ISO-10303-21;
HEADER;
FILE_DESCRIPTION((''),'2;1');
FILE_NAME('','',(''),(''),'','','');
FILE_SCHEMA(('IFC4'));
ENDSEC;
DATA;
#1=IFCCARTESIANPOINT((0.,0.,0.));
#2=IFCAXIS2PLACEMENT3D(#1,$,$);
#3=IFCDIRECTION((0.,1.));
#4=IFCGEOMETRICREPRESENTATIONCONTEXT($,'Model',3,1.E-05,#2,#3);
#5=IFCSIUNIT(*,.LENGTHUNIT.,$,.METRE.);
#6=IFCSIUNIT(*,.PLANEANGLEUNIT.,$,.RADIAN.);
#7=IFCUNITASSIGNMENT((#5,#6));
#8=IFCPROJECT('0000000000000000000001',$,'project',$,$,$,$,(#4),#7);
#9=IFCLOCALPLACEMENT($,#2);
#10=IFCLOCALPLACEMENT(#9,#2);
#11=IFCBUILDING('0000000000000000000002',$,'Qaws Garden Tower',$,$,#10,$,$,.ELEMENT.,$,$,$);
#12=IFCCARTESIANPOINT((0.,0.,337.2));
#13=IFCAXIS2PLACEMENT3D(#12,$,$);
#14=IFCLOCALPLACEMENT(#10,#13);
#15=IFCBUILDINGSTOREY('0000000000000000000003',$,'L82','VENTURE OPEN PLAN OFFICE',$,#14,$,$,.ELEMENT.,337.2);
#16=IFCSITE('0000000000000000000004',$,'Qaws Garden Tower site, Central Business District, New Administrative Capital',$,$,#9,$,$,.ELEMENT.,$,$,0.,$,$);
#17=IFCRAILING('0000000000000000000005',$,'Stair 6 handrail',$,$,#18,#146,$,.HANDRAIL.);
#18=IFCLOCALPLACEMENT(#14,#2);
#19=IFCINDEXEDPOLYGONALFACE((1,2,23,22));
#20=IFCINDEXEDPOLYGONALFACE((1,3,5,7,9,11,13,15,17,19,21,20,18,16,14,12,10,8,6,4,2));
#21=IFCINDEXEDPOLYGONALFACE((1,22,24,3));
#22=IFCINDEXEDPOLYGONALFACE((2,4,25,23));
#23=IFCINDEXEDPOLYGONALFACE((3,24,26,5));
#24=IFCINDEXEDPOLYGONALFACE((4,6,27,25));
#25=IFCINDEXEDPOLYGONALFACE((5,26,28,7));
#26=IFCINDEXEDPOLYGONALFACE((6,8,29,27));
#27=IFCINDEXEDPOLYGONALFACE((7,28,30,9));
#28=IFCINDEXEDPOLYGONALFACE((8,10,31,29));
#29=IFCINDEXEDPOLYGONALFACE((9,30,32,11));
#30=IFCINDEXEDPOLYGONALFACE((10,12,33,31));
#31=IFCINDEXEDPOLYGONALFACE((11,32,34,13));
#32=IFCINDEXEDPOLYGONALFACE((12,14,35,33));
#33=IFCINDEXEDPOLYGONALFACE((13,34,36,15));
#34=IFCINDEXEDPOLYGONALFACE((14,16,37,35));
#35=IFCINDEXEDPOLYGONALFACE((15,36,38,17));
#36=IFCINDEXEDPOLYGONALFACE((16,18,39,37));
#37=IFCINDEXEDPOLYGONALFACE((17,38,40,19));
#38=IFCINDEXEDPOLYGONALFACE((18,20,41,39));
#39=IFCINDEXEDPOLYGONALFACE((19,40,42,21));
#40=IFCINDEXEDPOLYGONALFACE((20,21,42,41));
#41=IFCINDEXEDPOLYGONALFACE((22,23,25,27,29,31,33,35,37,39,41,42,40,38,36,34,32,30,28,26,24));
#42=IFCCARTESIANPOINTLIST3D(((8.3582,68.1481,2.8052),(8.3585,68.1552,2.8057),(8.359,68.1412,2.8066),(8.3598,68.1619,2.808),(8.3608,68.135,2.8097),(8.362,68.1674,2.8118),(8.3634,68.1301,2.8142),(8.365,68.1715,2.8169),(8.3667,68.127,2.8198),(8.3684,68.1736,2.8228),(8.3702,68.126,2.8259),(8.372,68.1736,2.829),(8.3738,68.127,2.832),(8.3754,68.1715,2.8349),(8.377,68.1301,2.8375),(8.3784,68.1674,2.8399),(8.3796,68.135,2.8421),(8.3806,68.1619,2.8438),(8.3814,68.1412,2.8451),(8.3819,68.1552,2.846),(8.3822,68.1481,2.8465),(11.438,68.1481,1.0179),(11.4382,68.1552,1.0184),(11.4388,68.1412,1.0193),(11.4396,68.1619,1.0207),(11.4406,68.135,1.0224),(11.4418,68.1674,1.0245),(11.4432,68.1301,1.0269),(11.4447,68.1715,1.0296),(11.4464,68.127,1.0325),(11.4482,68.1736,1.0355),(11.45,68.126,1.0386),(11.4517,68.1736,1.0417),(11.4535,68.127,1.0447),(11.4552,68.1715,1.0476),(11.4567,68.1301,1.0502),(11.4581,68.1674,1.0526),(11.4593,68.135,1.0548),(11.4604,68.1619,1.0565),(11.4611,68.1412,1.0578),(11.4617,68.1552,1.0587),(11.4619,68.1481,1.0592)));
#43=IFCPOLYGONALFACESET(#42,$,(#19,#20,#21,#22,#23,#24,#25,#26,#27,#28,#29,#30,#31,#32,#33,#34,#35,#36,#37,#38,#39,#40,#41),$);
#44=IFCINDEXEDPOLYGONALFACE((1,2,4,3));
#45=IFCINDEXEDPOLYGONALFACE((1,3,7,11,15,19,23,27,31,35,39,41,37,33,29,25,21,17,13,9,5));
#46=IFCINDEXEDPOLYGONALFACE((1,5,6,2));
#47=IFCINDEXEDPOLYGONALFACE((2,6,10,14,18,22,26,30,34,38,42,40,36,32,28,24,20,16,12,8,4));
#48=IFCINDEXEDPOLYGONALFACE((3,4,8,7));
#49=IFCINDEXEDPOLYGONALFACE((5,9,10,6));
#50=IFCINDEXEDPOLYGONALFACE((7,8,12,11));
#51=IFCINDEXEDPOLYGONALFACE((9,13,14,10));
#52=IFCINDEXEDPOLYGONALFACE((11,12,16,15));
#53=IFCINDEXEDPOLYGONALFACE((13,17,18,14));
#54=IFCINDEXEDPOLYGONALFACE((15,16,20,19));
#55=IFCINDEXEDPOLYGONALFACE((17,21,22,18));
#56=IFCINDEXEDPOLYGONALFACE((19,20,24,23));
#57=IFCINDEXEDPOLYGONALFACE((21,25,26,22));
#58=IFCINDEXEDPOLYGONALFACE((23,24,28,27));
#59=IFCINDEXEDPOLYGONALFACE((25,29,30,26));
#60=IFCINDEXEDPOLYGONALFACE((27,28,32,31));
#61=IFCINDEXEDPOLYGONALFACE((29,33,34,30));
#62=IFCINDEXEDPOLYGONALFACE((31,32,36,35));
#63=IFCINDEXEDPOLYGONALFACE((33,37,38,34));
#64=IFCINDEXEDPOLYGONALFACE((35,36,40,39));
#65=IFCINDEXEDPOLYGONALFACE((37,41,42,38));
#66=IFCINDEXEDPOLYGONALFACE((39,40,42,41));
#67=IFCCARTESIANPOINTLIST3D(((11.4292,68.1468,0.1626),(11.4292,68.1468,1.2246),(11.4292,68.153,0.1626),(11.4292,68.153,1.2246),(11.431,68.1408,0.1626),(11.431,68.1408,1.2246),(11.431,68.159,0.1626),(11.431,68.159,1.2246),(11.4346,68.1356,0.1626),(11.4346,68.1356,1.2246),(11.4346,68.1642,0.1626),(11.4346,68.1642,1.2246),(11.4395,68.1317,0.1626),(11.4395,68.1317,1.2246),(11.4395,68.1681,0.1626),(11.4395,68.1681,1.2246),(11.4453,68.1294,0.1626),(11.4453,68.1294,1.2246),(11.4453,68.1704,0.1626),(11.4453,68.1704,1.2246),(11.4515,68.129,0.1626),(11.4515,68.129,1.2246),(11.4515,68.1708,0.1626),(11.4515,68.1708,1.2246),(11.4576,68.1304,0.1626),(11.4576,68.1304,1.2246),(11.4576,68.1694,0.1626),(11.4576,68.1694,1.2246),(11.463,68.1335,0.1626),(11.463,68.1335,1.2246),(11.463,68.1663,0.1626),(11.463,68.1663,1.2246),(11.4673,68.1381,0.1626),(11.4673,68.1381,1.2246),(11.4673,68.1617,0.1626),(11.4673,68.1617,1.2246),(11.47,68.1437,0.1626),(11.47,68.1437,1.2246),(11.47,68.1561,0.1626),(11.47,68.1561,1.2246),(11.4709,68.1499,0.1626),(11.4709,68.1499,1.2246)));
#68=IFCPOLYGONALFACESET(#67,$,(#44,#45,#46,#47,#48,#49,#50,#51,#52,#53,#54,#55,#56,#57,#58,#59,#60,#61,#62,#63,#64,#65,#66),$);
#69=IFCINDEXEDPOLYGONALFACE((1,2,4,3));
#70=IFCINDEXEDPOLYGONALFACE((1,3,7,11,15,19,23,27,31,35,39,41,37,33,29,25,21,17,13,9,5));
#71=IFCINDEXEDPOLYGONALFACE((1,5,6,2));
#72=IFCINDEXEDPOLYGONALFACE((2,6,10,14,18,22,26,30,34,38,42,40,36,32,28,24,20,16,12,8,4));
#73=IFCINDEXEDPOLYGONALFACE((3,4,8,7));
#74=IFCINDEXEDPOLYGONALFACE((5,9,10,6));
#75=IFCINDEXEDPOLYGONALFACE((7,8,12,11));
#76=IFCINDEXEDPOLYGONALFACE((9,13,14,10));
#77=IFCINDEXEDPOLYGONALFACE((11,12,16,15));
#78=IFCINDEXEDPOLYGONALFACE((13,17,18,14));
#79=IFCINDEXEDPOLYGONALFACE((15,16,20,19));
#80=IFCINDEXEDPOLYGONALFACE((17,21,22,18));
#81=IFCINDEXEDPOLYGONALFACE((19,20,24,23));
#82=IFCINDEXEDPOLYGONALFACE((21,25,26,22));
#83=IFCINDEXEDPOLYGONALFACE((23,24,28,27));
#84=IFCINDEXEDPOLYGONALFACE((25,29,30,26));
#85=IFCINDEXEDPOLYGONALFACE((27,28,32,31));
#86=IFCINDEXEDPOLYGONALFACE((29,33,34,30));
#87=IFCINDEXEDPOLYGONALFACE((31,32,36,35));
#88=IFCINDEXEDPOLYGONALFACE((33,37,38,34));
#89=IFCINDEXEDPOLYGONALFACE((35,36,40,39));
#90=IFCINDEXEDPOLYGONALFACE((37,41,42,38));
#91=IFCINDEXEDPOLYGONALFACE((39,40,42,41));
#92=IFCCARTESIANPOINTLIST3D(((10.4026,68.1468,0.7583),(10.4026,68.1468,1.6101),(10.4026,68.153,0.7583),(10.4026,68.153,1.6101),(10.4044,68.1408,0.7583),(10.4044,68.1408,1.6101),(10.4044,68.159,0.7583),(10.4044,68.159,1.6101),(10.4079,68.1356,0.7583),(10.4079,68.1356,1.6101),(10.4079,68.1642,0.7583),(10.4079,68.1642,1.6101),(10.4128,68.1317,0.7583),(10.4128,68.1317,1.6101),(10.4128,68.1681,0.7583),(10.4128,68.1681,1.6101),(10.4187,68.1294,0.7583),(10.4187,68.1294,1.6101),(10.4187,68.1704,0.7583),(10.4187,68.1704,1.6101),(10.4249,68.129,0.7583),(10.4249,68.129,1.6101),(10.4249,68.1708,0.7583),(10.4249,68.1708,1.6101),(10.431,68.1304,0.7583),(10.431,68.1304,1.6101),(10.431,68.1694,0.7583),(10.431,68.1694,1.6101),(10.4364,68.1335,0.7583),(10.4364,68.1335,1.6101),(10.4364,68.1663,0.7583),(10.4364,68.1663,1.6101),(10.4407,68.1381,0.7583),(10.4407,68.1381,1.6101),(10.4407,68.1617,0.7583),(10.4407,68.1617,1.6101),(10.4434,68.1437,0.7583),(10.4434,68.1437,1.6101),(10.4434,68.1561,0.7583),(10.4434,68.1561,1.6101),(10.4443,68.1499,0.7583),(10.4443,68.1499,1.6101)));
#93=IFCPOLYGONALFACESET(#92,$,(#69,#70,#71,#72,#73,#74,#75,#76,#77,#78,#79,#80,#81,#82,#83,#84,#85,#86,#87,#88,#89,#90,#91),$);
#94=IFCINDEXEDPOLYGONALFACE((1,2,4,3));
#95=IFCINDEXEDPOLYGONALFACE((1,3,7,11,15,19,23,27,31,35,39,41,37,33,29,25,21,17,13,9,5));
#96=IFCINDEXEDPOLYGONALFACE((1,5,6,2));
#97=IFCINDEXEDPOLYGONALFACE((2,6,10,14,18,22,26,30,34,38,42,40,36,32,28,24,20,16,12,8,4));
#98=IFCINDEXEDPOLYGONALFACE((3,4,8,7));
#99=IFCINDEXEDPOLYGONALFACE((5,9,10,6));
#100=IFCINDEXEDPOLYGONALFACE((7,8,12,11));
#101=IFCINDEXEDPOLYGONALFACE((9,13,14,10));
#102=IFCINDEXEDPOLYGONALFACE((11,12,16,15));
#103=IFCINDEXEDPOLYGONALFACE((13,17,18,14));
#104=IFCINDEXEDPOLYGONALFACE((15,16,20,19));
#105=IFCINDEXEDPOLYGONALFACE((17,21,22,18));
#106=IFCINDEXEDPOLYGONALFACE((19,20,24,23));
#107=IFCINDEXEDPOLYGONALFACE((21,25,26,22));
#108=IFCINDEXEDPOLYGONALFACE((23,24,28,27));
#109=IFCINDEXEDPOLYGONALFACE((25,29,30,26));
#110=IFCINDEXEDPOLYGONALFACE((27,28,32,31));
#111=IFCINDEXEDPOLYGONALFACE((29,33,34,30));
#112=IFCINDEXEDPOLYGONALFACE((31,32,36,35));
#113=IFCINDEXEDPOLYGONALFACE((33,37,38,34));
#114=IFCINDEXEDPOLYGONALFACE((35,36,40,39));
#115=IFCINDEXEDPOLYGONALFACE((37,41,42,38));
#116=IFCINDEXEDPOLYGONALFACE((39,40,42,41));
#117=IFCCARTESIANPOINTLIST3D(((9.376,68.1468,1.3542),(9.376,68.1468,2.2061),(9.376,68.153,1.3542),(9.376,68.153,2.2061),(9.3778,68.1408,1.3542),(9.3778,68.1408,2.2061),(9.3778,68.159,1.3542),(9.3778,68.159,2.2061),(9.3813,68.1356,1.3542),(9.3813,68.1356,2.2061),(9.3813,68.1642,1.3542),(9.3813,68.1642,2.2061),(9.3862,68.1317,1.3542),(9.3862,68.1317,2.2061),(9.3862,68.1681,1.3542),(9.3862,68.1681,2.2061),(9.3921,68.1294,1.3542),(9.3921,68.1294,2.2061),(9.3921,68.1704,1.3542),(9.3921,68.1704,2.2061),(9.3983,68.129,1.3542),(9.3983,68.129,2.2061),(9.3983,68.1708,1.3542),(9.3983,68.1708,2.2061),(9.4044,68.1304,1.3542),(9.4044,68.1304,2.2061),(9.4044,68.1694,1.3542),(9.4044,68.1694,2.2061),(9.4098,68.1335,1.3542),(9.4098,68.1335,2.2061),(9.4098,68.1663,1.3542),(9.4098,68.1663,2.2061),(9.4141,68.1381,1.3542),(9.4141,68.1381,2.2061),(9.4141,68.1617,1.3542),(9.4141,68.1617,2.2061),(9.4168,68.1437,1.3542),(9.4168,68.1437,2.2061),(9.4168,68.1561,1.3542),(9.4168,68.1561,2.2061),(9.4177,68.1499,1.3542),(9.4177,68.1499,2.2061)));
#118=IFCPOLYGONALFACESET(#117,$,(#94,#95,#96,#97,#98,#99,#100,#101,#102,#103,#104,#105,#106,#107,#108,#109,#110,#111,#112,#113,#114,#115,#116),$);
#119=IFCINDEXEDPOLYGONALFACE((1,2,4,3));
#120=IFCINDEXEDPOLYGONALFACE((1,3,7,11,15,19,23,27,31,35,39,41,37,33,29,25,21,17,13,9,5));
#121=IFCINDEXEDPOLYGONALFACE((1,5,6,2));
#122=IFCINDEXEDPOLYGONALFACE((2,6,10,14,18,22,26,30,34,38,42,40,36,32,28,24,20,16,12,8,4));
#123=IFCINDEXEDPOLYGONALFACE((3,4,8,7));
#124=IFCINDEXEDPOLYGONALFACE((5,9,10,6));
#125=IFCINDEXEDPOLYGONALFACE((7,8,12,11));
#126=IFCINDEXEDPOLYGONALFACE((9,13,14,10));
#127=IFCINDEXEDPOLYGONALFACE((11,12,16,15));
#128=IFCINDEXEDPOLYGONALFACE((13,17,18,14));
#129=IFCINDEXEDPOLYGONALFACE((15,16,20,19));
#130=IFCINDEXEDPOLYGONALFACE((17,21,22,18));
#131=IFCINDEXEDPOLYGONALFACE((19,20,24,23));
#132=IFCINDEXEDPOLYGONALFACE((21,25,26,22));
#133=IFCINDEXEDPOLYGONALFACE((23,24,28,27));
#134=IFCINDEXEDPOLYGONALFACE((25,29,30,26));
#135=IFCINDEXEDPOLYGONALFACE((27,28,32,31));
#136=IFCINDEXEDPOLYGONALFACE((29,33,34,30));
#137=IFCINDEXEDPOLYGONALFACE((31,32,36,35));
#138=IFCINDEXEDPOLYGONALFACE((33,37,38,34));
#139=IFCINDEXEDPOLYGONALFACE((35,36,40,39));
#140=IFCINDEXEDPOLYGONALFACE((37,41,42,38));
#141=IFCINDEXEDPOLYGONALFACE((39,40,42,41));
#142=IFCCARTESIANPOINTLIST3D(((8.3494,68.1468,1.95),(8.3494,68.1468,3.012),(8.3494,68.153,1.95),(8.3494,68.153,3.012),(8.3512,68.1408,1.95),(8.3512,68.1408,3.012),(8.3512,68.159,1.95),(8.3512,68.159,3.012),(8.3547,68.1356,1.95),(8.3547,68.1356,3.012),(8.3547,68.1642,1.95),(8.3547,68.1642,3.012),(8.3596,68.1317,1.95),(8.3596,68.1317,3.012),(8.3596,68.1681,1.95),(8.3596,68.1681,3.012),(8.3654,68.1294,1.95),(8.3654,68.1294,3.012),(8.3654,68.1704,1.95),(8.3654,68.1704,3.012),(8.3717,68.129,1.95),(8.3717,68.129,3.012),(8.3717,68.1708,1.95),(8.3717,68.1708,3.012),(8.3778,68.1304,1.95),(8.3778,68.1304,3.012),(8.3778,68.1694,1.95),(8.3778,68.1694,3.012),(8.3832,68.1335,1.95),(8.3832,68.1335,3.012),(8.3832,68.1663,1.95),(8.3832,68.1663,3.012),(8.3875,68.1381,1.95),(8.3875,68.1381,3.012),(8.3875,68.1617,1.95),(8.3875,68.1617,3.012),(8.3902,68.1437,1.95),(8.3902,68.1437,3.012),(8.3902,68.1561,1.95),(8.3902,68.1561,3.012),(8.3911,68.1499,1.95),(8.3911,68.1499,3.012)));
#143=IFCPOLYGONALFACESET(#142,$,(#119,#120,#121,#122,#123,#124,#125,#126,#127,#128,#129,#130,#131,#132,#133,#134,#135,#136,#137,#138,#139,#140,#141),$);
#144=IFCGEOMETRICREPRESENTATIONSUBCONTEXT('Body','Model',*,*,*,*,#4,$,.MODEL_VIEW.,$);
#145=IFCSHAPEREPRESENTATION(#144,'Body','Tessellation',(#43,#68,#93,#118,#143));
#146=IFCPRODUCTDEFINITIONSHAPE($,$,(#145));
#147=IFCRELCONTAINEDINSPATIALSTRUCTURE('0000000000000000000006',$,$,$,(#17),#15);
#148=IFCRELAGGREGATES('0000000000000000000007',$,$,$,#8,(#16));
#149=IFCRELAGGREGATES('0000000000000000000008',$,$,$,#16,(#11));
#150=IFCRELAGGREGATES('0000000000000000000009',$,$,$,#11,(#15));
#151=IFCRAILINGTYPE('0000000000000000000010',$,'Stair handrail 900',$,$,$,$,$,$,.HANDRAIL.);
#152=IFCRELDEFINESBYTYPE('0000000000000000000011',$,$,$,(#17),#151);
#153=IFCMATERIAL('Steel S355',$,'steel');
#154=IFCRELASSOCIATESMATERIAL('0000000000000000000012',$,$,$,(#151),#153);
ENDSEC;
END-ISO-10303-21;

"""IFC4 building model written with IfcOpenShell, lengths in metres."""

from ifc_helpers import new_model, si_unit, direction, frame, origin, origin_2d, place, context, subcontext, project, spatial, circle, extrude, material, type_object, element, save


model = new_model("IFC4")

# Units and contexts
model_context = context("Model", 3, precision=1e-05, world=origin(), true_north=direction((0.0, 1.0)))
body_context = subcontext(model_context, "Body", "Model", "MODEL_VIEW")
ifc_project = project(units=[si_unit("LENGTHUNIT", "METRE"), si_unit("PLANEANGLEUNIT", "RADIAN")], contexts=[model_context])

# Site, building, storey
site_placement = place(None, origin())
site = spatial("IfcSite", under=ifc_project, at=site_placement, Name="Qaws Garden Tower site, Central Business District, New Administrative Capital", CompositionType="ELEMENT", RefElevation=0.0)
building_placement = place(site_placement, origin())
building = spatial("IfcBuilding", under=site, at=building_placement, Name="Qaws Garden Tower", CompositionType="ELEMENT")
storey_placement = place(building_placement, frame((0.0, 0.0, 337.2)))
storey = spatial("IfcBuildingStorey", under=building, at=storey_placement, Name="L82", Description="VENTURE OPEN PLAN OFFICE", CompositionType="ELEMENT", Elevation=337.2)

# Railing
ifc_material_1 = material(Name="Steel S355", Category="steel")
railing_type = type_object("IfcRailingType", Name="Stair handrail 900", PredefinedType="HANDRAIL", material=ifc_material_1)
railing_1_placement = place(storey_placement, frame((11.45, 68.1499, 0.1626)))
element("IfcRailing", 1, at=railing_1_placement, inside=storey, type_object=railing_type, Name="Stair 6 handrail", PredefinedType="HANDRAIL", context=body_context, shape_type="SweptSolid", body=[
    extrude(circle(Radius=0.0239, at=origin_2d()), frame((0.0, 0.0, 0.876), z_axis=(-0.864903, 0.0, 0.501939), x_axis=(0.0, -1.0, 0.0)), (0.0, 0.0, 1.0), 3.5608),
    extrude(circle(Radius=0.021, at=origin_2d()), origin(), (0.0, 0.0, 1.0), 1.062),
    extrude(circle(Radius=0.021, at=origin_2d()), frame((-1.0266, 0.0, 0.5957)), (0.0, 0.0, 1.0), 0.8518),
    extrude(circle(Radius=0.021, at=origin_2d()), frame((-2.0532, 0.0, 1.1917)), (0.0, 0.0, 1.0), 0.8518),
    extrude(circle(Radius=0.021, at=origin_2d()), frame((-3.0798, 0.0, 1.7874)), (0.0, 0.0, 1.0), 1.062),
])

save(model, "model.ifc")
